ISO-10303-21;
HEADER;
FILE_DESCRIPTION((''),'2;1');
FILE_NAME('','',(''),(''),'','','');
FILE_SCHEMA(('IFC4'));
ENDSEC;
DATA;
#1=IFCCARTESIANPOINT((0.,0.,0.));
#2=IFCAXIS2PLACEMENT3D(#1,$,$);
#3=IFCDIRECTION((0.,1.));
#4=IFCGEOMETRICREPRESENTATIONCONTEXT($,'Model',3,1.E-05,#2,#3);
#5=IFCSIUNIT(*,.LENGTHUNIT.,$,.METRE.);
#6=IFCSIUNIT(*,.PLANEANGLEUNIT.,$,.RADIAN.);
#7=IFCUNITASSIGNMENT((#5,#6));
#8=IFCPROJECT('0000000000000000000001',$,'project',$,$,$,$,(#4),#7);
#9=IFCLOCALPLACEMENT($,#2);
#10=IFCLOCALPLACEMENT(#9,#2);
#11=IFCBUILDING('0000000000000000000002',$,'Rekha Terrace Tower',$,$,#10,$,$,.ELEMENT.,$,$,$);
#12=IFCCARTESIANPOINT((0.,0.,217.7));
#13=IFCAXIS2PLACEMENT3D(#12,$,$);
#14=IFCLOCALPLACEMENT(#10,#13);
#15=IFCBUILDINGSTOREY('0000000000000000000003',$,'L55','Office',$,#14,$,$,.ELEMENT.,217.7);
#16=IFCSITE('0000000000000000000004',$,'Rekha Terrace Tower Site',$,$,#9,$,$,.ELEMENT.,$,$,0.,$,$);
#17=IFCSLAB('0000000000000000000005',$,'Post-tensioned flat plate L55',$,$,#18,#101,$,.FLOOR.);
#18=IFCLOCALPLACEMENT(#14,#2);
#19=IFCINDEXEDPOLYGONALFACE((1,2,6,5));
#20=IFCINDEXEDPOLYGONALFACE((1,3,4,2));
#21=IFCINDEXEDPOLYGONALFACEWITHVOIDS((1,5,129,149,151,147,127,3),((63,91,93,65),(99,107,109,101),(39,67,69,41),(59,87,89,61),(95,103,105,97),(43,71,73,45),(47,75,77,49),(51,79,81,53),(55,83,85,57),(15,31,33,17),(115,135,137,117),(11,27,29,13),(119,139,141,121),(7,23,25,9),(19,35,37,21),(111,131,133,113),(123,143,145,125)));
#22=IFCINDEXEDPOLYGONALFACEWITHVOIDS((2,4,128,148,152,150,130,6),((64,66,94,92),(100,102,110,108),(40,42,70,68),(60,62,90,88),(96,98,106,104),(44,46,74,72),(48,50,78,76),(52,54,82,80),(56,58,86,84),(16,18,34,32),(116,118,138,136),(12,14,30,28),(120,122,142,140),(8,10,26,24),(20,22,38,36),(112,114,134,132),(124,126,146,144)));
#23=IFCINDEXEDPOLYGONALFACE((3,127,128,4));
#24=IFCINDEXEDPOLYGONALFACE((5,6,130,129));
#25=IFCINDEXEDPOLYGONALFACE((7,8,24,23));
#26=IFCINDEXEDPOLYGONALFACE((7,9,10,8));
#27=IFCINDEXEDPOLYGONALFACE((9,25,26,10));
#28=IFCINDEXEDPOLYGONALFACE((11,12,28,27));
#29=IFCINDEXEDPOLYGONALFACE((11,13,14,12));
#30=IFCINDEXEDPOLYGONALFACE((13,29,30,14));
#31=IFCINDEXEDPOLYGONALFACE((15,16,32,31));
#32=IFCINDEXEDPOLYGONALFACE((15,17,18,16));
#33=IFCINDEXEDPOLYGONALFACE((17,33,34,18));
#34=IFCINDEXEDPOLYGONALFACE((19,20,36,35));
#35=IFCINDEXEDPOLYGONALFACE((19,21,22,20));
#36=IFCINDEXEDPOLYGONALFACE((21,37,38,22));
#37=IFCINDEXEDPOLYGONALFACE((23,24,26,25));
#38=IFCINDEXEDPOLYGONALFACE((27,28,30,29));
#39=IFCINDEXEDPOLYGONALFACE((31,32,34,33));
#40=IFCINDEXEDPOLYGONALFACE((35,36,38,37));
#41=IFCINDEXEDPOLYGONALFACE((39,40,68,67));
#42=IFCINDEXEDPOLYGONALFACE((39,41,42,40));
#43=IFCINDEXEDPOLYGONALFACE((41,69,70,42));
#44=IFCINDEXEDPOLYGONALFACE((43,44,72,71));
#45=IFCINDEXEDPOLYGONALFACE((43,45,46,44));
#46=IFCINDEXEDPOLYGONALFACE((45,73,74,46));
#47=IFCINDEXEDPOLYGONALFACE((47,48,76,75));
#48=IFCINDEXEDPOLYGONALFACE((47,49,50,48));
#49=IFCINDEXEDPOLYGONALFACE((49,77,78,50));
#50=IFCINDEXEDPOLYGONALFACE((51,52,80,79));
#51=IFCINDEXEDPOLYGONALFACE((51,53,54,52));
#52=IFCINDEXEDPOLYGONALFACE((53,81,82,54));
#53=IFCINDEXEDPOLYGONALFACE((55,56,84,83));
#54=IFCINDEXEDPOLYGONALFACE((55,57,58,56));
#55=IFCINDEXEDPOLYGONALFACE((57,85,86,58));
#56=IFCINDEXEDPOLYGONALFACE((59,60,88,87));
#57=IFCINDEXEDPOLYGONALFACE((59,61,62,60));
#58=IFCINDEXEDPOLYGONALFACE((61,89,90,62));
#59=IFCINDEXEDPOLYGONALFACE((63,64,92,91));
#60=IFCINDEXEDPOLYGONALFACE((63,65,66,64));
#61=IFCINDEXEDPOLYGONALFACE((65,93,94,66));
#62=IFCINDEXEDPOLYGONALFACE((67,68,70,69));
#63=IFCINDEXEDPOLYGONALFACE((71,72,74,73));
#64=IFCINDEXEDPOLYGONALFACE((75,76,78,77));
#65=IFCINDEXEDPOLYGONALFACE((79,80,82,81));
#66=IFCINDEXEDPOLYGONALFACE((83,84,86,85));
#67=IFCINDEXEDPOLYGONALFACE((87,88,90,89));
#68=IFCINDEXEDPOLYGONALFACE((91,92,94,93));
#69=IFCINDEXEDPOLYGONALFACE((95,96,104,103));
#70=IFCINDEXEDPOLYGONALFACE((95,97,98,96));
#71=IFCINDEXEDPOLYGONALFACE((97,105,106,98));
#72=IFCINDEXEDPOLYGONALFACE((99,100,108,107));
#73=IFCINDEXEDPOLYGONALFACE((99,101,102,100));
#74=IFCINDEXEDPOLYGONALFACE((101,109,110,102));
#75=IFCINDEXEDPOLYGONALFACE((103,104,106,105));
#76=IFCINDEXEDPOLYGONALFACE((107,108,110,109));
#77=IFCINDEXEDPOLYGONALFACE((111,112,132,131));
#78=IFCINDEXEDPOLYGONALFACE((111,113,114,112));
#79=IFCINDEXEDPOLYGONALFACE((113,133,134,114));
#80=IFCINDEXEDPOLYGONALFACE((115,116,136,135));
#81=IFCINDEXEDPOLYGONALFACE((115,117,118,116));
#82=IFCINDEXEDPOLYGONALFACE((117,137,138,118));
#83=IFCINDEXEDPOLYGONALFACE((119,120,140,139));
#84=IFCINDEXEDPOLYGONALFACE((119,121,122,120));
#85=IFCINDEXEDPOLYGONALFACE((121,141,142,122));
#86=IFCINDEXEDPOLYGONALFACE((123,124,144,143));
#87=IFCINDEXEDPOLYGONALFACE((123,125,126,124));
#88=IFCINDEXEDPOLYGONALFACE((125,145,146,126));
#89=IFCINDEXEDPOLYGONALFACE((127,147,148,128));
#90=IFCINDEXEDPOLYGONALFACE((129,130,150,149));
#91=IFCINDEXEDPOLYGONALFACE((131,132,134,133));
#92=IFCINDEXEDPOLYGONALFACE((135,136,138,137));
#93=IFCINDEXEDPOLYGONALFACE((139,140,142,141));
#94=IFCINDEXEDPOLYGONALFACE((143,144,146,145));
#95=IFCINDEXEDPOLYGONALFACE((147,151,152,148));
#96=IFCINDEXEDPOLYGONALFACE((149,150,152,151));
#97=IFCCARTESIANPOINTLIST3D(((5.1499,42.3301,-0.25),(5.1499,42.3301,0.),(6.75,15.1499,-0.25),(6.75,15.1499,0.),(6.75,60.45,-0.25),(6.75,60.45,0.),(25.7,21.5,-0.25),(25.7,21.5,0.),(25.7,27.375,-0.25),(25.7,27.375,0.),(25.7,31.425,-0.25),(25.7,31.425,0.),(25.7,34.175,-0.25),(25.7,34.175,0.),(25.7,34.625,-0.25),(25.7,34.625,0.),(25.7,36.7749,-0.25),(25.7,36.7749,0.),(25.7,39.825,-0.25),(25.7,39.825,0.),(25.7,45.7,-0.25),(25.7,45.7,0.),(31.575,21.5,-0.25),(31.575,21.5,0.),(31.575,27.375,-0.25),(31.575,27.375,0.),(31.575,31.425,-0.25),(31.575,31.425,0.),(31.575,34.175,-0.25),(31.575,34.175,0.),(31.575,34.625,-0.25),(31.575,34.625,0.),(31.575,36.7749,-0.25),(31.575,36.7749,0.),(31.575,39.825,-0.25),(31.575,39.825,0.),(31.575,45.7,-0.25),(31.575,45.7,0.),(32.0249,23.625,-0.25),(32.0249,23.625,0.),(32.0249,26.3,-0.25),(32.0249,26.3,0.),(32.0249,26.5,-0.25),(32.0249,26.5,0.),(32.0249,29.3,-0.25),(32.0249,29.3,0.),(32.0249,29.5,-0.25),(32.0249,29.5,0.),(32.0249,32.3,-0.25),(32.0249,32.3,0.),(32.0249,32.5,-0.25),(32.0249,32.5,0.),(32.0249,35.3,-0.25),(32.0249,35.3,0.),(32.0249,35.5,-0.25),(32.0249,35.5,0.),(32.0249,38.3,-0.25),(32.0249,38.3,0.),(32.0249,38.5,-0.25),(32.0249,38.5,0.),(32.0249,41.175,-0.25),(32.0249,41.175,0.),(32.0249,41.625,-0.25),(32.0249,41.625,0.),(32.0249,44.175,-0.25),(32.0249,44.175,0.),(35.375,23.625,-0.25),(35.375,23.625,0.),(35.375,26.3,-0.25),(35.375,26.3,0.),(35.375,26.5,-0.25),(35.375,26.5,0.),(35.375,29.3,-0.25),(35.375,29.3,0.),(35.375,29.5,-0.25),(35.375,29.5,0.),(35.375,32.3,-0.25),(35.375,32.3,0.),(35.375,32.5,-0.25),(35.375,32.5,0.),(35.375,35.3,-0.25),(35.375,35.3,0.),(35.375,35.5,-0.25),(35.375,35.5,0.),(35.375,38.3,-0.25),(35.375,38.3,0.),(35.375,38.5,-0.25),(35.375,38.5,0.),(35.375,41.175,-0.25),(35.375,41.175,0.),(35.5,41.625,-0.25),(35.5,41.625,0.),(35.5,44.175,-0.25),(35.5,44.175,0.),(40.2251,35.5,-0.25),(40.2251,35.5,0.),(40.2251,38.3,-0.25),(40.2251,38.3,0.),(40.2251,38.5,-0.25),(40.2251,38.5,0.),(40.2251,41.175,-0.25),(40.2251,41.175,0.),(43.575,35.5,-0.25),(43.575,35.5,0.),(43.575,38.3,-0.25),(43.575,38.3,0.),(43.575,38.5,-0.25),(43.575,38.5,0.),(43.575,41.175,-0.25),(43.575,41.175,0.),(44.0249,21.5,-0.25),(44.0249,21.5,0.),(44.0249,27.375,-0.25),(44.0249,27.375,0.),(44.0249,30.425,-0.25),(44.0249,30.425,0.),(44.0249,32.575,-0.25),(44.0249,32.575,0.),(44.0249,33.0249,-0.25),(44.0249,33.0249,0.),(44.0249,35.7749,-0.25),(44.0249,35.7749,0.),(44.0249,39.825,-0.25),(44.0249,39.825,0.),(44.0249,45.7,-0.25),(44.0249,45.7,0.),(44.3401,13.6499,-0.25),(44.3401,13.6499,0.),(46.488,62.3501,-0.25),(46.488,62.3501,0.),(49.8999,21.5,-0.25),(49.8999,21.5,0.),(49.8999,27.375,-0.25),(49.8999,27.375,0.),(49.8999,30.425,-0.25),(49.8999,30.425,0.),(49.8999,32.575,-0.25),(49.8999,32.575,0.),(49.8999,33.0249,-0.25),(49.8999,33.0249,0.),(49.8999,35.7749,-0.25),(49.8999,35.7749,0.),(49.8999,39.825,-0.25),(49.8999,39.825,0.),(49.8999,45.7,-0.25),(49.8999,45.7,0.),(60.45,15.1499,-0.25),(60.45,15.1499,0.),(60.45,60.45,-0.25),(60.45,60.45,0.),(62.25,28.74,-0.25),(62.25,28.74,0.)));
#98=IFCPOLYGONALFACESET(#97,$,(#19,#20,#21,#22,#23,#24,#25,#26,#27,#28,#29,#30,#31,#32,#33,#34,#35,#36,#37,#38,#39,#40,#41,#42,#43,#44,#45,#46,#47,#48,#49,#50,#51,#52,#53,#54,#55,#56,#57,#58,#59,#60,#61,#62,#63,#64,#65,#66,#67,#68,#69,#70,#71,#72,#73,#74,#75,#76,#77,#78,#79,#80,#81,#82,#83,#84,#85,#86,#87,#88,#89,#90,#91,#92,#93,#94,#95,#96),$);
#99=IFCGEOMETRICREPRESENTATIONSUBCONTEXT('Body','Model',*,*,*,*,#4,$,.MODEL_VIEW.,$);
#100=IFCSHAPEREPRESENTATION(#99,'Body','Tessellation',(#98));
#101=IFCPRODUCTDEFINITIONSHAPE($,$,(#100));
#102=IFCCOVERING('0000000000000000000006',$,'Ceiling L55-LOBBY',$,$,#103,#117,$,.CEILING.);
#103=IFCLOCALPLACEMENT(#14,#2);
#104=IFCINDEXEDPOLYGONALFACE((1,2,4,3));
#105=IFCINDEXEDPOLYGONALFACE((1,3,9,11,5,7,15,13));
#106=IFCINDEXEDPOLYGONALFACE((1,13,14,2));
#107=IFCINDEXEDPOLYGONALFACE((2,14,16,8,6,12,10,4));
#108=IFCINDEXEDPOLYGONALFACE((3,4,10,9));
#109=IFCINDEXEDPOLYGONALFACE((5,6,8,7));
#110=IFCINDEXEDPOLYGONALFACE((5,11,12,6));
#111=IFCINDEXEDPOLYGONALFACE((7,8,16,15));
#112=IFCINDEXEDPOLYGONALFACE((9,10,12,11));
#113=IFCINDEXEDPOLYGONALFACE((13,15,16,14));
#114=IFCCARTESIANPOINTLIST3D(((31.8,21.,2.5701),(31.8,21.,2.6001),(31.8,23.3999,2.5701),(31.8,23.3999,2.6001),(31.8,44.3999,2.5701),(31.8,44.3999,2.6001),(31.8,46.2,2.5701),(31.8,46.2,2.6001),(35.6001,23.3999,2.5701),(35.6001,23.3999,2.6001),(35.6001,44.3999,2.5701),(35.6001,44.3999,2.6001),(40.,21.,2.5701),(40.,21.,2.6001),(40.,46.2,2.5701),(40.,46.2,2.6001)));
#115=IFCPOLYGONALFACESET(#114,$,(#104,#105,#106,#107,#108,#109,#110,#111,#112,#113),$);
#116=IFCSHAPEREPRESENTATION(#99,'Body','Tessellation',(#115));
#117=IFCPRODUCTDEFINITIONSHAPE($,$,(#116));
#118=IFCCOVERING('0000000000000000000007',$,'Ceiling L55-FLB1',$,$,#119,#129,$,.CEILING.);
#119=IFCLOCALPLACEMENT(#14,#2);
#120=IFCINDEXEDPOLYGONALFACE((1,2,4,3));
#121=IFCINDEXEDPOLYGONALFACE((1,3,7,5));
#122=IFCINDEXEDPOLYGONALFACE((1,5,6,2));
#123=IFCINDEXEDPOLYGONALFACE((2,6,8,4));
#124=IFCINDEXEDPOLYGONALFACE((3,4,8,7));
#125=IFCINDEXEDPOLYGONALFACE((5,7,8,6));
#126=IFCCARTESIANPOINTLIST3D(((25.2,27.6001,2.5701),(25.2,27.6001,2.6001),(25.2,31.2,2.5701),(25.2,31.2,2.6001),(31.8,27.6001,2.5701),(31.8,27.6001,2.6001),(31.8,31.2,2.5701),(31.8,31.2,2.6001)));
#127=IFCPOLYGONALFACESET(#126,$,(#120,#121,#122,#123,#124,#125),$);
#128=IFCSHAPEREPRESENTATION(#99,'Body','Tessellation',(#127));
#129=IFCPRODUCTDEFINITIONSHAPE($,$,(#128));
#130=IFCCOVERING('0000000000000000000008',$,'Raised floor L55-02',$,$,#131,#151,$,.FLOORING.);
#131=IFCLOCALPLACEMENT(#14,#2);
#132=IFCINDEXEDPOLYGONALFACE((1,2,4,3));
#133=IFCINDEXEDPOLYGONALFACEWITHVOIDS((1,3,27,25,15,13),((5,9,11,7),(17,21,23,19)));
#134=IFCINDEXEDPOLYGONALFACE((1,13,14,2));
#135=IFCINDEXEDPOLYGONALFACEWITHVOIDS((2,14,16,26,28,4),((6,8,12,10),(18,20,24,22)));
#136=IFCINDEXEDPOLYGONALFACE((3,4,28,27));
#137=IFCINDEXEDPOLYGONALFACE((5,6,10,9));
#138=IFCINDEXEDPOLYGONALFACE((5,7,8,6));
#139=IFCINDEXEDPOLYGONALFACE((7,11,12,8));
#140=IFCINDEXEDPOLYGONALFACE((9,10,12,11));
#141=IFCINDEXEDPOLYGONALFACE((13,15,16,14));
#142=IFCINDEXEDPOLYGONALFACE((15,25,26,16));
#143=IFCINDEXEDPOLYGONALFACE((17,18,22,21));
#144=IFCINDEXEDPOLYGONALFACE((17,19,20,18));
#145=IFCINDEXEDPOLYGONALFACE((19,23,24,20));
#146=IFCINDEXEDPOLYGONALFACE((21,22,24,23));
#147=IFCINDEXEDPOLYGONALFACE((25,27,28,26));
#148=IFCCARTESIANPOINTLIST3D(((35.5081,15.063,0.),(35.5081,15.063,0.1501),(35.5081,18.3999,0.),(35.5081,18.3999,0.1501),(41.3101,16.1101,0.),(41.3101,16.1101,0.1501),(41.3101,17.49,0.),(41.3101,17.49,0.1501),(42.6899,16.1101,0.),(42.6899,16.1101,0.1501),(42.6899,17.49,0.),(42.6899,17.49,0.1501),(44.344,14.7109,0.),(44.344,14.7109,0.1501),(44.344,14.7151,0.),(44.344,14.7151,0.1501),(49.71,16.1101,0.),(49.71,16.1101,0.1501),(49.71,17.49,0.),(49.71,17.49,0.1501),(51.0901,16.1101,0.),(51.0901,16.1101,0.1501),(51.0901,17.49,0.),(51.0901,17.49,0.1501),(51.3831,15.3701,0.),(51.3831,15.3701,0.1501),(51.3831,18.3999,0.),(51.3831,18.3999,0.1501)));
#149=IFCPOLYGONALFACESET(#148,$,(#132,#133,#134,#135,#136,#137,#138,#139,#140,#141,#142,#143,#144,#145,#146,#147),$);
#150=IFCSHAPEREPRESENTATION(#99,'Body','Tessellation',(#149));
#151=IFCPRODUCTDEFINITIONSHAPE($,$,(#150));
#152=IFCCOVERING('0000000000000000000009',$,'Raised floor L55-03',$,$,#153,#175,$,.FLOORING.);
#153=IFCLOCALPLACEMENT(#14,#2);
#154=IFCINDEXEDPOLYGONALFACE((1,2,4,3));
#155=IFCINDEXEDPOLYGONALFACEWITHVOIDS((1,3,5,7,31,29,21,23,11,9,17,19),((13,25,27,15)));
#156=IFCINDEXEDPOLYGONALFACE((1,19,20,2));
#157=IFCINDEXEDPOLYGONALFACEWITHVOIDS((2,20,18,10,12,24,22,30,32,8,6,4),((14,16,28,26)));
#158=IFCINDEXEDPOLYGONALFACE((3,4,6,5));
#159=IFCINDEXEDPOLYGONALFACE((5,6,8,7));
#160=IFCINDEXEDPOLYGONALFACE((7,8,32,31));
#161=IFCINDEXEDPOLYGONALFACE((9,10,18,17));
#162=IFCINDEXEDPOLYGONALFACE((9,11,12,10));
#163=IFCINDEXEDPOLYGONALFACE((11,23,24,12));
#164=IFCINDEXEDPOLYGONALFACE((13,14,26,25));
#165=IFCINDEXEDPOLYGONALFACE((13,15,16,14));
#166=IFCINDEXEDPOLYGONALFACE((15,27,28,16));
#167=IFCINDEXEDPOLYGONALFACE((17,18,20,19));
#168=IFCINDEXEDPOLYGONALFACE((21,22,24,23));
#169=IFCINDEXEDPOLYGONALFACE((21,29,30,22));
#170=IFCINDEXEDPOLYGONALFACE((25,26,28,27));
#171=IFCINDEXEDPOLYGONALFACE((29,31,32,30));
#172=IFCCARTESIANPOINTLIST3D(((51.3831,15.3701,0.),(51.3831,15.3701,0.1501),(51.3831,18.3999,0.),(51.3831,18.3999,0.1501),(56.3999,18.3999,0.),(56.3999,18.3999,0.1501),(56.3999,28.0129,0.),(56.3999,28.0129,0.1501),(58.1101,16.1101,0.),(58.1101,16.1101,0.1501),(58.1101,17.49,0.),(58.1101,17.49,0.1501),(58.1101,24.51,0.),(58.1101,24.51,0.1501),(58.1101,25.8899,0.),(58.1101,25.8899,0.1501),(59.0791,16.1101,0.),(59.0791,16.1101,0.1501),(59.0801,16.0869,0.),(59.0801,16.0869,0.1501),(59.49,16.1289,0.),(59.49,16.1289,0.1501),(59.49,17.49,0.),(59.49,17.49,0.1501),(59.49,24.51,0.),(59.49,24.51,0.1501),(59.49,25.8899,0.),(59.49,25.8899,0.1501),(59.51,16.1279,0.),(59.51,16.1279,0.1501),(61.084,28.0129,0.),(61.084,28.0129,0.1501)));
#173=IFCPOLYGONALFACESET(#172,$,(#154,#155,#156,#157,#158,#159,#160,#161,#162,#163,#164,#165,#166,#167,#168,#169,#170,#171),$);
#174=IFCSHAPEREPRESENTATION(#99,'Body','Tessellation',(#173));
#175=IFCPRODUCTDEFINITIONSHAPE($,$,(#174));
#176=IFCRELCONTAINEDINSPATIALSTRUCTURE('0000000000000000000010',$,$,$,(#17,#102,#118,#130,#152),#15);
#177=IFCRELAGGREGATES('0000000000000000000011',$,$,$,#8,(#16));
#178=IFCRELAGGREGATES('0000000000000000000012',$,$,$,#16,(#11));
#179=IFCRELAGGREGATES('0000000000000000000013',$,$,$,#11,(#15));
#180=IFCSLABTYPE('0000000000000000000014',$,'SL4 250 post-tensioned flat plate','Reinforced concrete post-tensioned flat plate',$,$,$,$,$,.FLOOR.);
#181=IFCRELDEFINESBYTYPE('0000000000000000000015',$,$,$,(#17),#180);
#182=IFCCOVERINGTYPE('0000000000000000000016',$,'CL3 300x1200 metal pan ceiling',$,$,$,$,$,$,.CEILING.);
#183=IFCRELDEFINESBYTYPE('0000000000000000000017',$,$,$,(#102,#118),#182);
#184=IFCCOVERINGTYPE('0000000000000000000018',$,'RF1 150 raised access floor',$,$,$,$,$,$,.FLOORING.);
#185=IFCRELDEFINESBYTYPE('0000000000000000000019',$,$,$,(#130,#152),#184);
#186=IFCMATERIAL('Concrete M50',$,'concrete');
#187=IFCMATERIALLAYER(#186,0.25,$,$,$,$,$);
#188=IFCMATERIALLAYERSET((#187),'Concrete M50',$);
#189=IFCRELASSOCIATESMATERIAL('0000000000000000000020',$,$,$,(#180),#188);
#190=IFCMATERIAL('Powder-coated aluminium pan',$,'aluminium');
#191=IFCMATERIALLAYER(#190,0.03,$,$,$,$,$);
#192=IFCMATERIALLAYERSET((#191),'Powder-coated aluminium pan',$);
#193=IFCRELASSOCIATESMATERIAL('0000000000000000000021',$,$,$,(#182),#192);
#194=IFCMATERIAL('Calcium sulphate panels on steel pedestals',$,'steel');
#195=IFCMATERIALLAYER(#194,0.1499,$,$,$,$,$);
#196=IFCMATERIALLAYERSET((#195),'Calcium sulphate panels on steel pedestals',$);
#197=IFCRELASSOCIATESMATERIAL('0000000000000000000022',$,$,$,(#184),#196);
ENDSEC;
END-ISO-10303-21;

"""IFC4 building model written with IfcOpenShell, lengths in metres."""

from ifc_helpers import new_model, si_unit, direction, frame, origin, place, context, subcontext, project, spatial, polyline, outline, extrude, material, layer, layer_set, type_object, element, save


model = new_model("IFC4")

# Units and contexts
model_context = context("Model", 3, precision=1e-05, world=origin(), true_north=direction((0.0, 1.0)))
body_context = subcontext(model_context, "Body", "Model", "MODEL_VIEW")
ifc_project = project(units=[si_unit("LENGTHUNIT", "METRE"), si_unit("PLANEANGLEUNIT", "RADIAN")], contexts=[model_context])

# Site, building, storey
site_placement = place(None, origin())
site = spatial("IfcSite", under=ifc_project, at=site_placement, Name="Rekha Terrace Tower Site", CompositionType="ELEMENT", RefElevation=0.0)
building_placement = place(site_placement, origin())
building = spatial("IfcBuilding", under=site, at=building_placement, Name="Rekha Terrace Tower", CompositionType="ELEMENT")
storey_placement = place(building_placement, frame((0.0, 0.0, 217.7)))
storey = spatial("IfcBuildingStorey", under=building, at=storey_placement, Name="L55", Description="Office", CompositionType="ELEMENT", Elevation=217.7)

# Slab
ifc_material_1 = material(Name="Concrete M50", Category="concrete")
ifc_layer_1 = layer(ifc_material_1, 0.25)
ifc_layer_set_1 = layer_set([ifc_layer_1], Name="Concrete M50")
slab_type_1 = type_object("IfcSlabType", Name="SL4 250 post-tensioned flat plate", Description="Reinforced concrete post-tensioned flat plate", PredefinedType="FLOOR", material=ifc_layer_set_1)
slab_1_placement = place(storey_placement, frame((0.0, 0.0, -0.25)))
element("IfcSlab", 1, at=slab_1_placement, inside=storey, type_object=slab_type_1, Name="Post-tensioned flat plate L55", PredefinedType="FLOOR", context=body_context, shape_type="SweptSolid", body=[
    extrude(outline(polyline([(5.1499, 42.3301), (6.75, 15.1499), (44.3401, 13.6499), (60.45, 15.1499), (62.25, 28.74), (60.45, 60.45), (46.488, 62.3501), (6.75, 60.45), (5.1499, 42.3301)]), holes=[polyline([(31.575, 27.375), (31.575, 21.5), (25.7, 21.5), (25.7, 27.375), (31.575, 27.375)]), polyline([(35.375, 26.3), (35.375, 23.625), (32.0249, 23.625), (32.0249, 26.3), (35.375, 26.3)]), polyline([(35.375, 29.3), (35.375, 26.5), (32.0249, 26.5), (32.0249, 29.3), (35.375, 29.3)]), polyline([(35.375, 32.3), (35.375, 29.5), (32.0249, 29.5), (32.0249, 32.3), (35.375, 32.3)]), polyline([(31.575, 34.175), (31.575, 31.425), (25.7, 31.425), (25.7, 34.175), (31.575, 34.175)]), polyline([(35.375, 35.3), (35.375, 32.5), (32.0249, 32.5), (32.0249, 35.3), (35.375, 35.3)]), polyline([(31.575, 36.7749), (31.575, 34.625), (25.7, 34.625), (25.7, 36.7749), (31.575, 36.7749)]), polyline([(35.375, 38.3), (35.375, 35.5), (32.0249, 35.5), (32.0249, 38.3), (35.375, 38.3)]), polyline([(31.575, 45.7), (31.575, 39.825), (25.7, 39.825), (25.7, 45.7), (31.575, 45.7)]), polyline([(49.8999, 27.375), (49.8999, 21.5), (44.0249, 21.5), (44.0249, 27.375), (49.8999, 27.375)]), polyline([(49.8999, 32.575), (49.8999, 30.425), (44.0249, 30.425), (44.0249, 32.575), (49.8999, 32.575)]), polyline([(49.8999, 35.7749), (49.8999, 33.0249), (44.0249, 33.0249), (44.0249, 35.7749), (49.8999, 35.7749)]), polyline([(43.575, 38.3), (43.575, 35.5), (40.2251, 35.5), (40.2251, 38.3), (43.575, 38.3)]), polyline([(35.375, 41.175), (35.375, 38.5), (32.0249, 38.5), (32.0249, 41.175), (35.375, 41.175)]), polyline([(43.575, 41.175), (43.575, 38.5), (40.2251, 38.5), (40.2251, 41.175), (43.575, 41.175)]), polyline([(49.8999, 39.825), (44.0249, 39.825), (44.0249, 45.7), (49.8999, 45.7), (49.8999, 39.825)]), polyline([(35.5, 41.625), (32.0249, 41.625), (32.0249, 44.175), (35.5, 44.175), (35.5, 41.625)])]), origin(), (0.0, 0.0, 1.0), 0.25),
])

# Coverings
ifc_material_2 = material(Name="Powder-coated aluminium pan", Category="aluminium")
ifc_layer_2 = layer(ifc_material_2, 0.03)
ifc_layer_set_2 = layer_set([ifc_layer_2], Name="Powder-coated aluminium pan")
covering_type_1 = type_object("IfcCoveringType", Name="CL3 300x1200 metal pan ceiling", PredefinedType="CEILING", material=ifc_layer_set_2)
covering_1_placement = place(storey_placement, frame((0.0, 0.0, 2.5701)))
element("IfcCovering", 2, at=covering_1_placement, inside=storey, type_object=covering_type_1, Name="Ceiling L55-LOBBY", PredefinedType="CEILING", context=body_context, shape_type="SweptSolid", body=[
    extrude(outline(polyline([(35.6001, 44.3999), (35.6001, 23.3999), (31.8, 23.3999), (31.8, 21.0), (40.0, 21.0), (40.0, 46.2), (31.8, 46.2), (31.8, 44.3999), (35.6001, 44.3999)])), origin(), (0.0, 0.0, 1.0), 0.03),
])
covering_2_placement = place(storey_placement, frame((0.0, 0.0, 2.5701)))
element("IfcCovering", 3, at=covering_2_placement, inside=storey, type_object=covering_type_1, Name="Ceiling L55-FLB1", PredefinedType="CEILING", context=body_context, shape_type="SweptSolid", body=[
    extrude(outline(polyline([(31.8, 31.2), (25.2, 31.2), (25.2, 27.6001), (31.8, 27.6001), (31.8, 31.2)])), origin(), (0.0, 0.0, 1.0), 0.03),
])
ifc_material_3 = material(Name="Calcium sulphate panels on steel pedestals", Category="steel")
ifc_layer_3 = layer(ifc_material_3, 0.1499)
ifc_layer_set_3 = layer_set([ifc_layer_3], Name="Calcium sulphate panels on steel pedestals")
covering_type_2 = type_object("IfcCoveringType", Name="RF1 150 raised access floor", PredefinedType="FLOORING", material=ifc_layer_set_3)
covering_3_placement = place(storey_placement, origin())
element("IfcCovering", 4, at=covering_3_placement, inside=storey, type_object=covering_type_2, Name="Raised floor L55-02", PredefinedType="FLOORING", context=body_context, shape_type="SweptSolid", body=[
    extrude(outline(polyline([(35.5081, 15.063), (44.344, 14.7109), (44.344, 14.7151), (51.3831, 15.3701), (51.3831, 18.3999), (35.5081, 18.3999), (35.5081, 15.063)]), holes=[polyline([(51.0901, 16.1101), (49.71, 16.1101), (49.71, 17.49), (51.0901, 17.49), (51.0901, 16.1101)]), polyline([(42.6899, 17.49), (42.6899, 16.1101), (41.3101, 16.1101), (41.3101, 17.49), (42.6899, 17.49)])]), origin(), (0.0, 0.0, 1.0), 0.1501),
])
covering_4_placement = place(storey_placement, origin())
element("IfcCovering", 5, at=covering_4_placement, inside=storey, type_object=covering_type_2, Name="Raised floor L55-03", PredefinedType="FLOORING", context=body_context, shape_type="SweptSolid", body=[
    extrude(outline(polyline([(59.49, 16.1289), (59.51, 16.1279), (61.084, 28.0129), (56.3999, 28.0129), (56.3999, 18.3999), (51.3831, 18.3999), (51.3831, 15.3701), (59.0801, 16.0869), (59.0791, 16.1101), (58.1101, 16.1101), (58.1101, 17.49), (59.49, 17.49), (59.49, 16.1289)]), holes=[polyline([(59.49, 24.51), (58.1101, 24.51), (58.1101, 25.8899), (59.49, 25.8899), (59.49, 24.51)])]), origin(), (0.0, 0.0, 1.0), 0.1501),
])

save(model, "model.ifc")
